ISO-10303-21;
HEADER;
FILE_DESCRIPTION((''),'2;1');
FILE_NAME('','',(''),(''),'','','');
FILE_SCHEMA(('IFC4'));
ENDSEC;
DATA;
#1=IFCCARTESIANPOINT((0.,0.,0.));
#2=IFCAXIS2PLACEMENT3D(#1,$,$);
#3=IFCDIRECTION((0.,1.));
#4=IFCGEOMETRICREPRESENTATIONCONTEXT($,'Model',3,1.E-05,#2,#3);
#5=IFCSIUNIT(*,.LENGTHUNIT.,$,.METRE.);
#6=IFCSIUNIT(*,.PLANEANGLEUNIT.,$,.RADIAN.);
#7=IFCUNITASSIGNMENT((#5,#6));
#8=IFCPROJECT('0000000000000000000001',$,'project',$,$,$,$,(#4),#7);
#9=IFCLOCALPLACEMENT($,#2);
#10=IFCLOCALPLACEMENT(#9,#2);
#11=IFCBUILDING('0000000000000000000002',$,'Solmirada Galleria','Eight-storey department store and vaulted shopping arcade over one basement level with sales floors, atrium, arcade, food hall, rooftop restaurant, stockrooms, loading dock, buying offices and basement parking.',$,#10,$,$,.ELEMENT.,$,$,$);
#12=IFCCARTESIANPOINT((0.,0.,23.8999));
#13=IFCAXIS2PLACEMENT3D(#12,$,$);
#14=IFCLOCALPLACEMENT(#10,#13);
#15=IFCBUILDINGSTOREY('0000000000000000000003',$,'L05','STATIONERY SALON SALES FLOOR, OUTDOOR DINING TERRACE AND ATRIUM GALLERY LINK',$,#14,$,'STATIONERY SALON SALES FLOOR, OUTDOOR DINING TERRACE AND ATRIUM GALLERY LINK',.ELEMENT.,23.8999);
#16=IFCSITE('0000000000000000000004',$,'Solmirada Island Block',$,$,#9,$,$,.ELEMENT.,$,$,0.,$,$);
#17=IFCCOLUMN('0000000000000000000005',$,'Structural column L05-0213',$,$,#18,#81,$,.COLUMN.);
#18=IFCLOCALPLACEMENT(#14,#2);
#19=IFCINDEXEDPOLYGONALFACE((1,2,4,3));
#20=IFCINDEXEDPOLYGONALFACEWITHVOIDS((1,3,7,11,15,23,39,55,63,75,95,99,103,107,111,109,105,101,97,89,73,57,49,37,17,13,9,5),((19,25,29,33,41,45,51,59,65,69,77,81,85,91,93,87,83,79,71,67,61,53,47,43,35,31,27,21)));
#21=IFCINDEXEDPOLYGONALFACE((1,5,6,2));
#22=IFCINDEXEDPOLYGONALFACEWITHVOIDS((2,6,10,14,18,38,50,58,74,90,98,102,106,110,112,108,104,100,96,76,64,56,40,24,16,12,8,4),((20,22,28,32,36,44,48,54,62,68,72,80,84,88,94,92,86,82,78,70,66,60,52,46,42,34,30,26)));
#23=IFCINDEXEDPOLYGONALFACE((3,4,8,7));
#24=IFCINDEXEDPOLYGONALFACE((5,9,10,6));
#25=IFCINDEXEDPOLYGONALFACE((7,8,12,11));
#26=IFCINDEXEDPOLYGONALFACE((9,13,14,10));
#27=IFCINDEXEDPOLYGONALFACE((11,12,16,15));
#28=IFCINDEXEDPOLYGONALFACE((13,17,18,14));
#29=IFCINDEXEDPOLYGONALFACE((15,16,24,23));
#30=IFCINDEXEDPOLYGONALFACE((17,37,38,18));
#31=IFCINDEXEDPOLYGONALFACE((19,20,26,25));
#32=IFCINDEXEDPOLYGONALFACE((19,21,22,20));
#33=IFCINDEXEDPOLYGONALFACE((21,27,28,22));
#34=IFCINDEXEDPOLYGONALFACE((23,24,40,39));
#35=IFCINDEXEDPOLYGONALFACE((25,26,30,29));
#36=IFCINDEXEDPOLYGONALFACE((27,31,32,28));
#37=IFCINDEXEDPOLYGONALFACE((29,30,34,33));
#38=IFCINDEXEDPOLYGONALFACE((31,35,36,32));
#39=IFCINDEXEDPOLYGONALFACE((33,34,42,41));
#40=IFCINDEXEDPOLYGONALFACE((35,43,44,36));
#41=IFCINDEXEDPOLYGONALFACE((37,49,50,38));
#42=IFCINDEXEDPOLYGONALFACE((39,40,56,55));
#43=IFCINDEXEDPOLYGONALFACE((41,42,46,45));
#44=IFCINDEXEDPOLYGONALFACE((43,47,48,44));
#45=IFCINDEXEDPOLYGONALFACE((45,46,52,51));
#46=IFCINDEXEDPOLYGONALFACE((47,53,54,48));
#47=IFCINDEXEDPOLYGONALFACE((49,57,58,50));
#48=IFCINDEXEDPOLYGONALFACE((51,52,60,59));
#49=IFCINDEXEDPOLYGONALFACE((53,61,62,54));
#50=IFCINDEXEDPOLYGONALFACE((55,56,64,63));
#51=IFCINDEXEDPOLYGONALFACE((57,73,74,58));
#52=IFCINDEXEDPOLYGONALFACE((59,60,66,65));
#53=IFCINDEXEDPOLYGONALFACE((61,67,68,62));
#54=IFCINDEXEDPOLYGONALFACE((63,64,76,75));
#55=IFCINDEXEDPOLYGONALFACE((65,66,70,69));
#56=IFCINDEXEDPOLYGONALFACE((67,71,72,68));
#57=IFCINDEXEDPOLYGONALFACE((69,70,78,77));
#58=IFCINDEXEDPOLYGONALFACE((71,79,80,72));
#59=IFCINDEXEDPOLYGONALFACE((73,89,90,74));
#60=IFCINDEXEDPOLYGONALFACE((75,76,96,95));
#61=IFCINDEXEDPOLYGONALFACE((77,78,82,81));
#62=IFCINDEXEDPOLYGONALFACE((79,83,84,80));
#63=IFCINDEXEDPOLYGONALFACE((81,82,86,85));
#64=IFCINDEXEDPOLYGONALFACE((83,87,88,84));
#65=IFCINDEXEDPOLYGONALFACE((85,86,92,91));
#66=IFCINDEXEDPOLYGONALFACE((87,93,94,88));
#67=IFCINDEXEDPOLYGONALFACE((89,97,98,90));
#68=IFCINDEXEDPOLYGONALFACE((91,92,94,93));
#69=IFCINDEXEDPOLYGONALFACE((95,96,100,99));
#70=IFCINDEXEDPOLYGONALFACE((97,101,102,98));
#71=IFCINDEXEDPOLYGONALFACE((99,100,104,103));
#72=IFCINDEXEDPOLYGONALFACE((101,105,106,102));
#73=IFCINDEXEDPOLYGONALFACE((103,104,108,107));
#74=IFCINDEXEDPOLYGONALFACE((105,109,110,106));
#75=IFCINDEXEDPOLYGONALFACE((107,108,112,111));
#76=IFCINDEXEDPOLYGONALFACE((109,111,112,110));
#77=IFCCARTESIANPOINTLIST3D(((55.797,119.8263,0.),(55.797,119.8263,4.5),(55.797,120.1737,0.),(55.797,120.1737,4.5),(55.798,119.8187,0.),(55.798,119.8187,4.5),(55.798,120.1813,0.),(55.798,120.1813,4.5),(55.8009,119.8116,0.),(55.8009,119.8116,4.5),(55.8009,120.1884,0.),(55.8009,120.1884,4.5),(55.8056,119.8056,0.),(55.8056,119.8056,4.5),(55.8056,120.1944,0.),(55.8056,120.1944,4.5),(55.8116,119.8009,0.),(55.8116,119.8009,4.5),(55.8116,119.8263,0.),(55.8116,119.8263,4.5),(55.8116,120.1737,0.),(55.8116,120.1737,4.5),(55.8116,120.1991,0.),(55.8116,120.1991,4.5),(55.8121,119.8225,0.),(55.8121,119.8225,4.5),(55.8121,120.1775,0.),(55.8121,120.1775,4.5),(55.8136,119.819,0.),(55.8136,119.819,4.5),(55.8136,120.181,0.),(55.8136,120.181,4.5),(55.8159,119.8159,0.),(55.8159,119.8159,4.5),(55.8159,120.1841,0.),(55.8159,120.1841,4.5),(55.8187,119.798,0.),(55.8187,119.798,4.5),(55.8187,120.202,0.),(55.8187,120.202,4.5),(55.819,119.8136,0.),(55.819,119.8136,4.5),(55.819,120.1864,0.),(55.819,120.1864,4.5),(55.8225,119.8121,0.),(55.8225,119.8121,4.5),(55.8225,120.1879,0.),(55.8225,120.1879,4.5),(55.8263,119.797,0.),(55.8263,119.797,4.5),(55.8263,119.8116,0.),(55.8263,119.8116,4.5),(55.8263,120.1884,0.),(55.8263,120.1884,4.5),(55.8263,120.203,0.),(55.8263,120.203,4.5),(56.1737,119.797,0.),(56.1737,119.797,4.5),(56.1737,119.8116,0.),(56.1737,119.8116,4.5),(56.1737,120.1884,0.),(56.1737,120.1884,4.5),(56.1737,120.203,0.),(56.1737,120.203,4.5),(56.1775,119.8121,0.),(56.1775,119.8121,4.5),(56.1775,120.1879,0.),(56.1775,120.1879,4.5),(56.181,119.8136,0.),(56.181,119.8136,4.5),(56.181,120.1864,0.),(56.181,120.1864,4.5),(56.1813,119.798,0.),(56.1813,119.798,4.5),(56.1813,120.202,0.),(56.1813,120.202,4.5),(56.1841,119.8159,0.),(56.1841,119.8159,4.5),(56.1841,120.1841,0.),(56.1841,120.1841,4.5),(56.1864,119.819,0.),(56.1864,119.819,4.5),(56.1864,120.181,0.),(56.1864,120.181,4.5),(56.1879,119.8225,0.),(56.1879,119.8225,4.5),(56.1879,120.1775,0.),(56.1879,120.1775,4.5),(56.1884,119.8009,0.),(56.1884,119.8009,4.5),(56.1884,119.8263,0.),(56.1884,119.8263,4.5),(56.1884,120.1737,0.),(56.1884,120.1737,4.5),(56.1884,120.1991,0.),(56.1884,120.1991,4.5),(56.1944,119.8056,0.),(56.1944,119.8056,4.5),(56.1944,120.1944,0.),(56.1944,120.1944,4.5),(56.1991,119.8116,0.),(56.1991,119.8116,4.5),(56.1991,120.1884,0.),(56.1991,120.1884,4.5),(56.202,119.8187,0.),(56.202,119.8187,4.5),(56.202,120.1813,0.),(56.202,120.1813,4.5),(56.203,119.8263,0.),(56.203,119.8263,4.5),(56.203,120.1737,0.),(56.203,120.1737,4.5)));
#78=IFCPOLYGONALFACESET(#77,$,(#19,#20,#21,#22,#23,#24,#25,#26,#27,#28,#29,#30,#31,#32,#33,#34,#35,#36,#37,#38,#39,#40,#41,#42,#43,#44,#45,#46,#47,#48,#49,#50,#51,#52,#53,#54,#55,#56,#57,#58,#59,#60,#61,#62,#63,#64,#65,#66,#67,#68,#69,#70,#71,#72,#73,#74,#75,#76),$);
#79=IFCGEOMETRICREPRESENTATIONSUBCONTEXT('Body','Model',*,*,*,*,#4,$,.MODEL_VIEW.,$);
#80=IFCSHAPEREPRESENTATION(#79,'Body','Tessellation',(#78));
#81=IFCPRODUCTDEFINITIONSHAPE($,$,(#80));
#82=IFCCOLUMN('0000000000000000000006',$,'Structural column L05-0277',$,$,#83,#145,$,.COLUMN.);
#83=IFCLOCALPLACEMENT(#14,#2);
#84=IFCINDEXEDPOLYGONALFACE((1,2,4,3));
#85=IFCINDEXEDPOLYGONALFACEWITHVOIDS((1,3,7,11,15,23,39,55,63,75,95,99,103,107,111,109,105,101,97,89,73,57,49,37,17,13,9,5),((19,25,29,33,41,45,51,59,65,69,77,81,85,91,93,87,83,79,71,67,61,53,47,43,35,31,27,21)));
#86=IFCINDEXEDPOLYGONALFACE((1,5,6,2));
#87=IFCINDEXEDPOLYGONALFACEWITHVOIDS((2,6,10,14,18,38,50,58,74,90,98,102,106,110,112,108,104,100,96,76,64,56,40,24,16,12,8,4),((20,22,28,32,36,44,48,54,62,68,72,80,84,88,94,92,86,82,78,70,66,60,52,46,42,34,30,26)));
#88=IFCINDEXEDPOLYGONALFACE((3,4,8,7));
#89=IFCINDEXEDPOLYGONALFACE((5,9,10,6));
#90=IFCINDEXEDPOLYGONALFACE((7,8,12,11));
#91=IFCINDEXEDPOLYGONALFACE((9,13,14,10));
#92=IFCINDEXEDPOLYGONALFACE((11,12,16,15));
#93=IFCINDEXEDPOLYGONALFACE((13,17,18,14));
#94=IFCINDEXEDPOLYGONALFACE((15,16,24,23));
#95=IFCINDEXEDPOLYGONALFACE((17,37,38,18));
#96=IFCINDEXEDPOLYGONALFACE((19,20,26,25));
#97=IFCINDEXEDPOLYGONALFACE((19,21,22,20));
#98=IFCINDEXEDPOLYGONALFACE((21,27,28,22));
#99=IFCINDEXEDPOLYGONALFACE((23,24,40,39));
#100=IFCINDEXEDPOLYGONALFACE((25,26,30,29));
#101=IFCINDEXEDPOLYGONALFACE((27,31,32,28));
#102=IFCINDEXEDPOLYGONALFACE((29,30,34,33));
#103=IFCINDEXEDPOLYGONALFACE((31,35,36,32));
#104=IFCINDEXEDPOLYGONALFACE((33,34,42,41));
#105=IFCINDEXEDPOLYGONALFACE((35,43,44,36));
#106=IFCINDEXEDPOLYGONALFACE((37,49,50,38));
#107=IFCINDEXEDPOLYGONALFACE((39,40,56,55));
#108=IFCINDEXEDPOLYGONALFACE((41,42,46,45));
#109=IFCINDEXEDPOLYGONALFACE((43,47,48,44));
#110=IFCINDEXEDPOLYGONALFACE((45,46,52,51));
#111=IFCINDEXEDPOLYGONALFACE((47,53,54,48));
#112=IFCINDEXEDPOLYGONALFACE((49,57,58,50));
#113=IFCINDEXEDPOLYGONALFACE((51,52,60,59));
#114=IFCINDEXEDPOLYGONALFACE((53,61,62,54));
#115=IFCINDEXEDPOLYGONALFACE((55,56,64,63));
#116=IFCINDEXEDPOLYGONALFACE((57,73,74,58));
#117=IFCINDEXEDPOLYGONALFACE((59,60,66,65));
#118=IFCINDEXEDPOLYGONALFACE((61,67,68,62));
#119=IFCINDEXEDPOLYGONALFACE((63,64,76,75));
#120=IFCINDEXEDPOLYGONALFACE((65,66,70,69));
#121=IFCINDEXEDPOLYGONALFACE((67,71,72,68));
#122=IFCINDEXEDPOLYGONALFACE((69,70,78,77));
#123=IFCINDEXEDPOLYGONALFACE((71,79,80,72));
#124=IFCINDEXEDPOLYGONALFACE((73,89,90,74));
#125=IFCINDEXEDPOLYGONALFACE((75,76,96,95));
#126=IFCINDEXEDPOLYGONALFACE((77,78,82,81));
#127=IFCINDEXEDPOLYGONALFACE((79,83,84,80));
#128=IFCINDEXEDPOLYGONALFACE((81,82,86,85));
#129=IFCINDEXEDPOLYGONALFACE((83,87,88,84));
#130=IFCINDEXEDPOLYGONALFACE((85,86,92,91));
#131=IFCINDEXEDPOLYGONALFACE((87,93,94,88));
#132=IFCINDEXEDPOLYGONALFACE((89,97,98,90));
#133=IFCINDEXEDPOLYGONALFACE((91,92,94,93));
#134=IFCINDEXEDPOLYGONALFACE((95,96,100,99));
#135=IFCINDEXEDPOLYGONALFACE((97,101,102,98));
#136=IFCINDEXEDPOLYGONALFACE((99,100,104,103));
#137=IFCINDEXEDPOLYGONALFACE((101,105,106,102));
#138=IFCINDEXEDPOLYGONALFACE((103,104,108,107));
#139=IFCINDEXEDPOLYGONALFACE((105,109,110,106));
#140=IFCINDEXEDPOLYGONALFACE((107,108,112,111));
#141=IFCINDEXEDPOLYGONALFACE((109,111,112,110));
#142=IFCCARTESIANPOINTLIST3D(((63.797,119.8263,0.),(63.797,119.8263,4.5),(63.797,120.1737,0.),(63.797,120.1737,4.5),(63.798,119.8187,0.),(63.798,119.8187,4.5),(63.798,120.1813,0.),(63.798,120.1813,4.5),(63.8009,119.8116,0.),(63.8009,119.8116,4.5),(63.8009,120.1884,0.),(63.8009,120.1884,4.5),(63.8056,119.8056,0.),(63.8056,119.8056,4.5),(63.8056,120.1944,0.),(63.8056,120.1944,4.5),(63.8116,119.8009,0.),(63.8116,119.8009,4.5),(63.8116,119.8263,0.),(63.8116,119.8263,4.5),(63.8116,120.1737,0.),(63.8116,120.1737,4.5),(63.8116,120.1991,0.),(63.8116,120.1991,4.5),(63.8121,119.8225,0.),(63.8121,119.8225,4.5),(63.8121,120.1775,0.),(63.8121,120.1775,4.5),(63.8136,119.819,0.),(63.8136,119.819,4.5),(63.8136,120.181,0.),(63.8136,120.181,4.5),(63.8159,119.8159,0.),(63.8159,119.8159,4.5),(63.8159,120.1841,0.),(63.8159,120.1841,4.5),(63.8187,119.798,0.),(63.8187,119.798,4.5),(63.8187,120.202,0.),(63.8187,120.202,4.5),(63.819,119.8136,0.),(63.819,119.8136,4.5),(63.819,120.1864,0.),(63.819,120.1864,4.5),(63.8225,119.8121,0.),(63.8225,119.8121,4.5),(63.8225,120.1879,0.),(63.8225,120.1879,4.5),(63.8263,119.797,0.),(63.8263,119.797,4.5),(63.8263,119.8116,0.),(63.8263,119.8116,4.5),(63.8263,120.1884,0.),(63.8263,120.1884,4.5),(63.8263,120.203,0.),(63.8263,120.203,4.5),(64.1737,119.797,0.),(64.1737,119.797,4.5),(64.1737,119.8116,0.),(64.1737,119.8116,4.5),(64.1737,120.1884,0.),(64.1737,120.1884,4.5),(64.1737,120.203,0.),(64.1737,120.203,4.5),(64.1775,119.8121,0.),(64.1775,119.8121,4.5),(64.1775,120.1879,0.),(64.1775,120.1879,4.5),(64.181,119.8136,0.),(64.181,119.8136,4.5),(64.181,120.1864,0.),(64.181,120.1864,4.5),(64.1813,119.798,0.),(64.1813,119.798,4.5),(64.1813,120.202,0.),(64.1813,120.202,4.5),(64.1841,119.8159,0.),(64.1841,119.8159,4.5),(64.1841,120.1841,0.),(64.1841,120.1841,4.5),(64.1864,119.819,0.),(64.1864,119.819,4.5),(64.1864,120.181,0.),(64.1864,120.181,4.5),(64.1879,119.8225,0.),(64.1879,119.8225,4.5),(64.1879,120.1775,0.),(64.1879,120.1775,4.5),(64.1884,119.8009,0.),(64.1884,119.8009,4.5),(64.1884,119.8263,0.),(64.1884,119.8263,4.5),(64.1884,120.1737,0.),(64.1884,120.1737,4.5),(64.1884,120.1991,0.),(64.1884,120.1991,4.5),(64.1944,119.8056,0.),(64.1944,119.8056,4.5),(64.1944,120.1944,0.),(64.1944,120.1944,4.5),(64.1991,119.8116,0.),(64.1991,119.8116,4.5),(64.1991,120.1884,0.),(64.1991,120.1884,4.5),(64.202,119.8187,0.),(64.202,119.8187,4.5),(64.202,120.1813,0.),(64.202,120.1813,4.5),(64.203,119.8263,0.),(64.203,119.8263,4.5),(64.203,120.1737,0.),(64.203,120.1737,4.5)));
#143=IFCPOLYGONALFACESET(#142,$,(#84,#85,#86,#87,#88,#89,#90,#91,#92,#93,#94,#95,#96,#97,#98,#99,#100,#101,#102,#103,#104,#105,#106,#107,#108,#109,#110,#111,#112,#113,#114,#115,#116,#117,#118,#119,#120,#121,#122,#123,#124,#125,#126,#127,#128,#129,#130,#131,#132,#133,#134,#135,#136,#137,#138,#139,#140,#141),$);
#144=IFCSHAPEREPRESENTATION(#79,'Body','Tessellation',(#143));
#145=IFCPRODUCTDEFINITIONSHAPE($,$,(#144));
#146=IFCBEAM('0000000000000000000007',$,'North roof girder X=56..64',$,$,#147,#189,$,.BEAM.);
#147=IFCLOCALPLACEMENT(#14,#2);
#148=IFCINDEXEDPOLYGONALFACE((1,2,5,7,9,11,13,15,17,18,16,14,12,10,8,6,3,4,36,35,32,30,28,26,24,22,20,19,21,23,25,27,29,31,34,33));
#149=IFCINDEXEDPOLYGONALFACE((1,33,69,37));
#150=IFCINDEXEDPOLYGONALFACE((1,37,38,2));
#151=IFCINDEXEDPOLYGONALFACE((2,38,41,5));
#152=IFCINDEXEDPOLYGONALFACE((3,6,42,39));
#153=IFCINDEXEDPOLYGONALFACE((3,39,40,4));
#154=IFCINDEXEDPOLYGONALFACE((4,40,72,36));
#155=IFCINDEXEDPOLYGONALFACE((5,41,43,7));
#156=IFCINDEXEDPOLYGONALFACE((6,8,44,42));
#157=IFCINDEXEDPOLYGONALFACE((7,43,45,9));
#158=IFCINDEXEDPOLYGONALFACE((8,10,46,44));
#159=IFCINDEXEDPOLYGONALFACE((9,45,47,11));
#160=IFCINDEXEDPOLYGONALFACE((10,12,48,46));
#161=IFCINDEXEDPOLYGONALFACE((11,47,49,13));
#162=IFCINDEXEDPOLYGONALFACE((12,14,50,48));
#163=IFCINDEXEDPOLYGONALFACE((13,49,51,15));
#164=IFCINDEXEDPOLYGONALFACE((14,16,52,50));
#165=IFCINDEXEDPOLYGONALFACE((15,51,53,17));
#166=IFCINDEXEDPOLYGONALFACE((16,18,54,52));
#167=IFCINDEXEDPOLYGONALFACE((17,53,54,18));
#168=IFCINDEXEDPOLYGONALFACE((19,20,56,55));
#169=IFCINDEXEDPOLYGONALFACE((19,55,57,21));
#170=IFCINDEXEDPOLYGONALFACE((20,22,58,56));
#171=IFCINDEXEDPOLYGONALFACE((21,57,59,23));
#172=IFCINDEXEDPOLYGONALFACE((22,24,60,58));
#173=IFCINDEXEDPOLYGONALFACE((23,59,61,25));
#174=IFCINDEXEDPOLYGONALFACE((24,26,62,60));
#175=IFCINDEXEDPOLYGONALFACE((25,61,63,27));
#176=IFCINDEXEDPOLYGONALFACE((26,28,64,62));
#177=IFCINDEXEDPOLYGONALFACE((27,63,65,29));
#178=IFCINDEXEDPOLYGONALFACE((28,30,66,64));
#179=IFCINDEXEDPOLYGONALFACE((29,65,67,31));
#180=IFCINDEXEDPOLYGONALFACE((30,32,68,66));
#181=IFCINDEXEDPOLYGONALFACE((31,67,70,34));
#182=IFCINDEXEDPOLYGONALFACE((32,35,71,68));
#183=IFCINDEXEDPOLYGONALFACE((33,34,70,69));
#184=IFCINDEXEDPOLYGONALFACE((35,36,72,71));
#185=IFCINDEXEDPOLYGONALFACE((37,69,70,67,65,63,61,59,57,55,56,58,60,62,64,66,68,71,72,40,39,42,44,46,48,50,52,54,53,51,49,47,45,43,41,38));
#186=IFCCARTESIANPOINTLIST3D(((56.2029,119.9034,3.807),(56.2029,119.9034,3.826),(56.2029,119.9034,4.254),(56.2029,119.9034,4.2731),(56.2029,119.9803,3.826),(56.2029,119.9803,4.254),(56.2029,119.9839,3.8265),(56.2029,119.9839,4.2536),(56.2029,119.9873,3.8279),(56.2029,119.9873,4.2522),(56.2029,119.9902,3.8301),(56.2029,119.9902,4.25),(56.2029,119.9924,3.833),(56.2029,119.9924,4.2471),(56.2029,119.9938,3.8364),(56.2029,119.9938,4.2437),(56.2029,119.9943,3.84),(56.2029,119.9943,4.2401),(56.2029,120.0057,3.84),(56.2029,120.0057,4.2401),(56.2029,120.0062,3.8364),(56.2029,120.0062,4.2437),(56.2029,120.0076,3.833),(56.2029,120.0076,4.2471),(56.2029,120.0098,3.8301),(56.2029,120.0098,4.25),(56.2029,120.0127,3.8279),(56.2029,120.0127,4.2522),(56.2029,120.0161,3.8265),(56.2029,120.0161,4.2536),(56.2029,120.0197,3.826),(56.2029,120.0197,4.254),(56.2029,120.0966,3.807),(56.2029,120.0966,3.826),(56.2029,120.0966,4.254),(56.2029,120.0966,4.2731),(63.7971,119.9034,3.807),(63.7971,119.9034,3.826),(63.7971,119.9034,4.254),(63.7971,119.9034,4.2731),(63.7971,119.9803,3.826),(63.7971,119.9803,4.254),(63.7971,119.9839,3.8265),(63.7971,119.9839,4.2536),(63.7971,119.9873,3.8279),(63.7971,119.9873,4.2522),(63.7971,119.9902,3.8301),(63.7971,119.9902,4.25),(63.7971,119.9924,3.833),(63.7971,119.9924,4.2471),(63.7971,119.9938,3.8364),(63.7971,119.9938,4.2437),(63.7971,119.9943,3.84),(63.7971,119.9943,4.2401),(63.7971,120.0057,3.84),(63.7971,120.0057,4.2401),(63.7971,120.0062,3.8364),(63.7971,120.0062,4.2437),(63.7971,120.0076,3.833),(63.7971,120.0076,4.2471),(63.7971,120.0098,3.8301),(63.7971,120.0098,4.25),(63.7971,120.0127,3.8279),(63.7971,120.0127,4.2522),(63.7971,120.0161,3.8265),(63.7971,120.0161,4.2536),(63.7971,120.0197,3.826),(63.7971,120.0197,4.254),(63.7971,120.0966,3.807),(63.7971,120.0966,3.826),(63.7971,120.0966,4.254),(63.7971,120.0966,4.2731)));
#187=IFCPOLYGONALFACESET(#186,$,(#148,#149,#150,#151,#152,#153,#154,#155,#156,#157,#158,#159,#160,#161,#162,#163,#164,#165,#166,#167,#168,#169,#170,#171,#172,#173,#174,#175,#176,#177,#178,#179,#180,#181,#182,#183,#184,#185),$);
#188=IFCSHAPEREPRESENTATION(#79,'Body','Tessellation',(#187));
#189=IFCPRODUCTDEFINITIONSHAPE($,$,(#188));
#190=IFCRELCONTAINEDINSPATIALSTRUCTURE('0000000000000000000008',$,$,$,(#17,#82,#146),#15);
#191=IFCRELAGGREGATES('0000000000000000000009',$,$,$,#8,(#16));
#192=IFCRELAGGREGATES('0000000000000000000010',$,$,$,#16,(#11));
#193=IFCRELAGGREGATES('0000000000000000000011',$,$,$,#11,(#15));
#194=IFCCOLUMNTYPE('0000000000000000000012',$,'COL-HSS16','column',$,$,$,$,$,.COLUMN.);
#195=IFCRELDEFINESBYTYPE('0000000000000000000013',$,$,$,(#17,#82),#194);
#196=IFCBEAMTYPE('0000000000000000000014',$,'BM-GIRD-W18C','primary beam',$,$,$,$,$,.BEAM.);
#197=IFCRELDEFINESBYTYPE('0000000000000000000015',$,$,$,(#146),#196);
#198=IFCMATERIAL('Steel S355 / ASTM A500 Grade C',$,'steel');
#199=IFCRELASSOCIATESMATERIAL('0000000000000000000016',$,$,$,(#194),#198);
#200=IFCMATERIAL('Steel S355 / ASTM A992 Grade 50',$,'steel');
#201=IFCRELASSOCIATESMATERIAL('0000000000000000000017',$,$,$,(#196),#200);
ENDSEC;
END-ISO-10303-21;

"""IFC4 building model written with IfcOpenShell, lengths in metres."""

from ifc_helpers import new_model, si_unit, direction, frame, origin, origin_2d, place, context, subcontext, project, spatial, hollow_rectangle, i_section, extrude, material, material_profile, profile_set, type_object, element, save


model = new_model("IFC4")

# Units and contexts
model_context = context("Model", 3, precision=1e-05, world=origin(), true_north=direction((0.0, 1.0)))
body_context = subcontext(model_context, "Body", "Model", "MODEL_VIEW")
ifc_project = project(units=[si_unit("LENGTHUNIT", "METRE"), si_unit("PLANEANGLEUNIT", "RADIAN")], contexts=[model_context])

# Site, building, storey
site_placement = place(None, origin())
site = spatial("IfcSite", under=ifc_project, at=site_placement, Name="Solmirada Island Block", CompositionType="ELEMENT", RefElevation=0.0)
building_placement = place(site_placement, origin())
building = spatial("IfcBuilding", under=site, at=building_placement, Name="Solmirada Galleria", Description="Eight-storey department store and vaulted shopping arcade over one basement level with sales floors, atrium, arcade, food hall, rooftop restaurant, stockrooms, loading dock, buying offices and basement parking.", CompositionType="ELEMENT")
storey_placement = place(building_placement, frame((0.0, 0.0, 23.8999)))
storey = spatial("IfcBuildingStorey", under=building, at=storey_placement, Name="L05", Description="STATIONERY SALON SALES FLOOR, OUTDOOR DINING TERRACE AND ATRIUM GALLERY LINK", LongName="STATIONERY SALON SALES FLOOR, OUTDOOR DINING TERRACE AND ATRIUM GALLERY LINK", CompositionType="ELEMENT", Elevation=23.8999)

# Columns
ifc_material_1 = material(Name="Steel S355 / ASTM A500 Grade C", Category="steel")
ifc_material_profile_1 = material_profile(ifc_material_1, hollow_rectangle(XDim=0.406, YDim=0.406, WallThickness=0.0146, InnerFilletRadius=0.0146, OuterFilletRadius=0.0293, at=origin_2d()), Name="HSS16X16X5/8")
ifc_profile_set_1 = profile_set([ifc_material_profile_1], Name="Steel S355 / ASTM A500 Grade C")
column_type = type_object("IfcColumnType", Name="COL-HSS16", Description="column", PredefinedType="COLUMN", material=ifc_profile_set_1)
for number, where, z_axis, x_axis, name in (
    (1, (56.0, 120.0, 0.0), (0.0, 0.0, 1.0), (1.0, 0.0, 0.0), "Structural column L05-0213"),
    (2, (64.0, 120.0, 0.0), (0.0, 0.0, 1.0), (1.0, 0.0, 0.0), "Structural column L05-0277"),
):
    element("IfcColumn", number, at=place(storey_placement, frame(where, z_axis=z_axis, x_axis=x_axis)), inside=storey, type_object=column_type, Name=name, PredefinedType="COLUMN", context=body_context, shape_type="SweptSolid", body=[
        extrude(hollow_rectangle(XDim=0.406, YDim=0.406, WallThickness=0.0146, InnerFilletRadius=0.0146, OuterFilletRadius=0.0293, at=origin_2d()), origin(), (0.0, 0.0, 1.0), 4.5),
    ])

# Beam
ifc_material_2 = material(Name="Steel S355 / ASTM A992 Grade 50", Category="steel")
ifc_material_profile_2 = material_profile(ifc_material_2, i_section(OverallWidth=0.1931, OverallDepth=0.4661, WebThickness=0.0115, FlangeThickness=0.019, FilletRadius=0.0139, at=origin_2d()), Name="W18X65")
ifc_profile_set_2 = profile_set([ifc_material_profile_2], Name="Steel S355 / ASTM A992 Grade 50")
beam_type = type_object("IfcBeamType", Name="BM-GIRD-W18C", Description="primary beam", PredefinedType="BEAM", material=ifc_profile_set_2)
for number, where, z_axis, x_axis, name in (
    (3, (56.2029, 120.0, 4.04), (1.0, 0.0, 0.0), (0.0, 1.0, 0.0), "North roof girder X=56..64"),
):
    element("IfcBeam", number, at=place(storey_placement, frame(where, z_axis=z_axis, x_axis=x_axis)), inside=storey, type_object=beam_type, Name=name, PredefinedType="BEAM", context=body_context, shape_type="SweptSolid", body=[
        extrude(i_section(OverallWidth=0.1931, OverallDepth=0.4661, WebThickness=0.0115, FlangeThickness=0.019, FilletRadius=0.0139, at=origin_2d()), origin(), (0.0, 0.0, 1.0), 7.5942),
    ])

save(model, "model.ifc")
